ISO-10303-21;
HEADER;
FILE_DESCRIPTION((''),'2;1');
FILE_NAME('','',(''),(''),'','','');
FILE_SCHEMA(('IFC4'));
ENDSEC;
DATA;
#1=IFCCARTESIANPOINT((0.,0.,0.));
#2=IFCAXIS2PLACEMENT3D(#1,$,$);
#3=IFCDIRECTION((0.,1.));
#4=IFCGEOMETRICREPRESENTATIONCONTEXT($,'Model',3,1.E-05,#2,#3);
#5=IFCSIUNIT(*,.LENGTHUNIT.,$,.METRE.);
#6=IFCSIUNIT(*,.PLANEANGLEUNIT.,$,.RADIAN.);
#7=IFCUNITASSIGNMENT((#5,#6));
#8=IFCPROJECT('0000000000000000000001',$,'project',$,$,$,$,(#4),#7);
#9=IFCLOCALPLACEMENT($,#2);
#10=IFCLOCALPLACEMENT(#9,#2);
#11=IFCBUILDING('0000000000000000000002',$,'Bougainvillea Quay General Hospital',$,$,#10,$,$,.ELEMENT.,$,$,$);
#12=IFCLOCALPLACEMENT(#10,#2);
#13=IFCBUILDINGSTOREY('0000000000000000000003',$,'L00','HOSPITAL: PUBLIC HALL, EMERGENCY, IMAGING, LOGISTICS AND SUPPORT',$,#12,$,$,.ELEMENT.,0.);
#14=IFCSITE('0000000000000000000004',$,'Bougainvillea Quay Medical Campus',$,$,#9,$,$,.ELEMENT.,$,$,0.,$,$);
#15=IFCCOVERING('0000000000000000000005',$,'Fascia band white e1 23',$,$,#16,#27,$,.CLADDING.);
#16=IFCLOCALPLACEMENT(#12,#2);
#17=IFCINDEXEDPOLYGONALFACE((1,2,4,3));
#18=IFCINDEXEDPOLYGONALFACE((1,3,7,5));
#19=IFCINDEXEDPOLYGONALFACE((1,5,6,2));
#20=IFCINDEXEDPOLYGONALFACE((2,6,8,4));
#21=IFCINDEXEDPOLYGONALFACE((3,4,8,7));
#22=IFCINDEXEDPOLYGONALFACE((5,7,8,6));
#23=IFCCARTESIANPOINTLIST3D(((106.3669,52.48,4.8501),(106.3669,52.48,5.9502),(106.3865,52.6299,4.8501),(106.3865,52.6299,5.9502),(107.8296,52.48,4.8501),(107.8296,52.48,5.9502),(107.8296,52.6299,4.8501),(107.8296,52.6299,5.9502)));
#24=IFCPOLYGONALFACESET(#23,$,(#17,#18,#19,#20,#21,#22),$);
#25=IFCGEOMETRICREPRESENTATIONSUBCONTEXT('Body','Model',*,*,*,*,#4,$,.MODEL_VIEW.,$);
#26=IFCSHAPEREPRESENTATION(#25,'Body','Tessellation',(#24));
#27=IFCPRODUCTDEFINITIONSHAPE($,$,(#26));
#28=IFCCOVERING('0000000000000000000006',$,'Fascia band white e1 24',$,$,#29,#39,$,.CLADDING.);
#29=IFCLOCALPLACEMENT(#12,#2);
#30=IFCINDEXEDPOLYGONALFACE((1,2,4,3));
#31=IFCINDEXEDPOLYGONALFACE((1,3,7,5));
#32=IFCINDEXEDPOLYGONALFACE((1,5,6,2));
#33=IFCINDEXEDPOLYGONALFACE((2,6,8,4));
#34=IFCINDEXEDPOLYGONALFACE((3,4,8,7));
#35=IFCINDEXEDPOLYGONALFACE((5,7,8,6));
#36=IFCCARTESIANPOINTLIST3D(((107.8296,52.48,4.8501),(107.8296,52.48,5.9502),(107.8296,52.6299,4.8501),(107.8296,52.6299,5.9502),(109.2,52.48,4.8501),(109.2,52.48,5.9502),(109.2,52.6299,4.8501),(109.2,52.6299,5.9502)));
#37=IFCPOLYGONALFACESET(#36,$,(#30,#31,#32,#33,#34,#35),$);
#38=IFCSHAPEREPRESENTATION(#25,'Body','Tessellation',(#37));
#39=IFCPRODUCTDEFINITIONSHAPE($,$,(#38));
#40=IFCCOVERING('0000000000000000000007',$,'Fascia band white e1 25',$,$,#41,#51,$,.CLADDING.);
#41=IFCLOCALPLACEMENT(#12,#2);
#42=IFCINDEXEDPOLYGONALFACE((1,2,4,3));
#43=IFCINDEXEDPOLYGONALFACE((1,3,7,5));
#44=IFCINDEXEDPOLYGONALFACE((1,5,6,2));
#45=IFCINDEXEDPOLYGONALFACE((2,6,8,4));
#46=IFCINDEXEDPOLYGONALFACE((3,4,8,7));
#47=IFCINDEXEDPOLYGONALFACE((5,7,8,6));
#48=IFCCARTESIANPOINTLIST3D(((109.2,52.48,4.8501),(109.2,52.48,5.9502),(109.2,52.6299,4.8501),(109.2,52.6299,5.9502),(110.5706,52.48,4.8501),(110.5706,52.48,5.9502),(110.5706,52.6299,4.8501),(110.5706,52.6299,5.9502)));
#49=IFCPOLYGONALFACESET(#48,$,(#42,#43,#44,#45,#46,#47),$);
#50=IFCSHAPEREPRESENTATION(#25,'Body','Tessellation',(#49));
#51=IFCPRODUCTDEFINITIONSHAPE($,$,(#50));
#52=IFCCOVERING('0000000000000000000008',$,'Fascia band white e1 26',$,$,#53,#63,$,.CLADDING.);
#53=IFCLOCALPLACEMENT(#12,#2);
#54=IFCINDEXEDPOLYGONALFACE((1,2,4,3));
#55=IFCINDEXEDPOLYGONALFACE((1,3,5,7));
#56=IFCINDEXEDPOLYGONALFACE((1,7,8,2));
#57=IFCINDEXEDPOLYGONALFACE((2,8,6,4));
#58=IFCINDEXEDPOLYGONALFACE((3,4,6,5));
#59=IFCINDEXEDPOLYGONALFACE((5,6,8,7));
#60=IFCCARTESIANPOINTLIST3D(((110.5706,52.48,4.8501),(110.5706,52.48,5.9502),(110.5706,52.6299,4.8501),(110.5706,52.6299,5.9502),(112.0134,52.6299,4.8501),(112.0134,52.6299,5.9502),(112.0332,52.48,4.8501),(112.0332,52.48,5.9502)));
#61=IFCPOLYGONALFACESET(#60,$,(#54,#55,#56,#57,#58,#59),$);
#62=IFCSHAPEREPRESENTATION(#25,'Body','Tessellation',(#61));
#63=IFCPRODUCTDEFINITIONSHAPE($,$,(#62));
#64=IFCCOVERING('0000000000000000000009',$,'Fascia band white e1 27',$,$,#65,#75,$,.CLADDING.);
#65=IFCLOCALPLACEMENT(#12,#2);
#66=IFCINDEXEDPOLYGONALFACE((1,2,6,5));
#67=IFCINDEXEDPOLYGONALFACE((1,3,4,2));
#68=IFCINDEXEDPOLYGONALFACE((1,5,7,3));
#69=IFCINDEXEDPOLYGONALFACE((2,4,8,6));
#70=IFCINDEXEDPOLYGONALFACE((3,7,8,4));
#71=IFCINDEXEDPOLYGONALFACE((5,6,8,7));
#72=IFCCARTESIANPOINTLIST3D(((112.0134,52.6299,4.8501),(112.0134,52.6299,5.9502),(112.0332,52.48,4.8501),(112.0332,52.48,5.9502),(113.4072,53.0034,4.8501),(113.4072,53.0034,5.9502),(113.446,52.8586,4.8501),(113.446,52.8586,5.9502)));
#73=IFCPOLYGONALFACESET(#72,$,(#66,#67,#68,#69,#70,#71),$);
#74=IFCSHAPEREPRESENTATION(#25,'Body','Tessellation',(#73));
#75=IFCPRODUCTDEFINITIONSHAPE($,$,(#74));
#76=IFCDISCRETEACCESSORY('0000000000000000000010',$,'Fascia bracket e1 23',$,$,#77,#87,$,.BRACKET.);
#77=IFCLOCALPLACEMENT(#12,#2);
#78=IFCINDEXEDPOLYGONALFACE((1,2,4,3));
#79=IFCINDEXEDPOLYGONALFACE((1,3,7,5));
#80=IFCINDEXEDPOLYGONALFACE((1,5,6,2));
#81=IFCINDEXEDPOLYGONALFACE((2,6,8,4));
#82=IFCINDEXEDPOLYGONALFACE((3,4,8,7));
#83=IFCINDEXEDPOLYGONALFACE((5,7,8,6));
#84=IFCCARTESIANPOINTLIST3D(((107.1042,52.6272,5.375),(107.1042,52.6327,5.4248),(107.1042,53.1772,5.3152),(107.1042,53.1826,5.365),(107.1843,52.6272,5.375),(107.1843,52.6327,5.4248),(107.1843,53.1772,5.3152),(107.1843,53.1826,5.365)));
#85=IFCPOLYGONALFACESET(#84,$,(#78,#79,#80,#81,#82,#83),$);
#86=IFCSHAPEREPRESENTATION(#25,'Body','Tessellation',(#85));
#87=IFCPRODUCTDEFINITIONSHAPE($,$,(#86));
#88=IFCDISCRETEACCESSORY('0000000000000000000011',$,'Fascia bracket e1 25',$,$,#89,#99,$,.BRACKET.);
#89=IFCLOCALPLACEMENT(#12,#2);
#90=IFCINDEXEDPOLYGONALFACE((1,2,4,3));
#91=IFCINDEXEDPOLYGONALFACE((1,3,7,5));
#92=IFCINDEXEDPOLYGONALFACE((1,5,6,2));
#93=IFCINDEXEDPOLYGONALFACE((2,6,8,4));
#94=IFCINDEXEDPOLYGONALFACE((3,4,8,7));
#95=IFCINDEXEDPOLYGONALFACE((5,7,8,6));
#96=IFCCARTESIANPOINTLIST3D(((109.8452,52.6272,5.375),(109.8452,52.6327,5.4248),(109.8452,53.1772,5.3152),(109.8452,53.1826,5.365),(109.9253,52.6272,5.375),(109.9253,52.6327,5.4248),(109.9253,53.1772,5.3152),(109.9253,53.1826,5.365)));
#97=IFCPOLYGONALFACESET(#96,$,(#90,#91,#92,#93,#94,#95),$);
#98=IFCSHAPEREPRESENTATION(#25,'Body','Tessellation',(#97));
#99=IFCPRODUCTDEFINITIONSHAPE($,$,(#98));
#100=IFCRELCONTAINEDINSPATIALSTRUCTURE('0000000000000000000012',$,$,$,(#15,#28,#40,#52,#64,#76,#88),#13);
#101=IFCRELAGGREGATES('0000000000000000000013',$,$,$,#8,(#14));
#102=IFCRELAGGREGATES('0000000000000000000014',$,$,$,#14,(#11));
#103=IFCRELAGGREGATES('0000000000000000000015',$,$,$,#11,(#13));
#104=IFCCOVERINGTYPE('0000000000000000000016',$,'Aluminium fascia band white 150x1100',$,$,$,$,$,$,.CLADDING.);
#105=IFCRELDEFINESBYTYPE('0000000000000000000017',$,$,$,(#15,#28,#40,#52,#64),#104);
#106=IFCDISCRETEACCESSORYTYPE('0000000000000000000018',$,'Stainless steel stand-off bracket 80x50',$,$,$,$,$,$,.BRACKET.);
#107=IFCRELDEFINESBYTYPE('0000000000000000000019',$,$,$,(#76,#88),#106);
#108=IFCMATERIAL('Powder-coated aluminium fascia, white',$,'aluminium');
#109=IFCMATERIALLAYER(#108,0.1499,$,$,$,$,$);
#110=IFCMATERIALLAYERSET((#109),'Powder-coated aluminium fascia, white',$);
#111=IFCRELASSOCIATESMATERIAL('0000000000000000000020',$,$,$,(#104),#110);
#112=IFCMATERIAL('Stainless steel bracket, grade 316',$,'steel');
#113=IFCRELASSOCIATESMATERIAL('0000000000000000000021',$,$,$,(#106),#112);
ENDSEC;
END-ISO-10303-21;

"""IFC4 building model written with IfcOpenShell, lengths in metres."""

from ifc_helpers import new_model, si_unit, direction, frame, origin, origin_2d, place, context, subcontext, project, spatial, polyline, rectangle, outline, extrude, material, layer, layer_set, material_profile, profile_set, type_object, element, save


model = new_model("IFC4")

# Units and contexts
model_context = context("Model", 3, precision=1e-05, world=origin(), true_north=direction((0.0, 1.0)))
body_context = subcontext(model_context, "Body", "Model", "MODEL_VIEW")
ifc_project = project(units=[si_unit("LENGTHUNIT", "METRE"), si_unit("PLANEANGLEUNIT", "RADIAN")], contexts=[model_context])

# Site, building, storey
site_placement = place(None, origin())
site = spatial("IfcSite", under=ifc_project, at=site_placement, Name="Bougainvillea Quay Medical Campus", CompositionType="ELEMENT", RefElevation=0.0)
building_placement = place(site_placement, origin())
building = spatial("IfcBuilding", under=site, at=building_placement, Name="Bougainvillea Quay General Hospital", CompositionType="ELEMENT")
storey_placement = place(building_placement, origin())
storey = spatial("IfcBuildingStorey", under=building, at=storey_placement, Name="L00", Description="HOSPITAL: PUBLIC HALL, EMERGENCY, IMAGING, LOGISTICS AND SUPPORT", CompositionType="ELEMENT", Elevation=0.0)

# Coverings
ifc_material_1 = material(Name="Powder-coated aluminium fascia, white", Category="aluminium")
ifc_layer_1 = layer(ifc_material_1, 0.1499)
ifc_layer_set_1 = layer_set([ifc_layer_1], Name="Powder-coated aluminium fascia, white")
covering_type = type_object("IfcCoveringType", Name="Aluminium fascia band white 150x1100", PredefinedType="CLADDING", material=ifc_layer_set_1)
covering_1_placement = place(storey_placement, frame((106.3865, 52.6299, 4.8501), z_axis=(0.0, 0.0, 1.0), x_axis=(1.0, 0.0, 0.0)))
element("IfcCovering", 1, at=covering_1_placement, inside=storey, type_object=covering_type, Name="Fascia band white e1 23", PredefinedType="CLADDING", context=body_context, shape_type="SweptSolid", body=[
    extrude(outline(polyline([(0.0, 0.0), (1.4431, 0.0), (1.4431, -0.1499), (-0.0195, -0.1499), (0.0, 0.0)])), origin(), (0.0, 0.0, 1.0), 1.1001),
])
covering_2_placement = place(storey_placement, frame((107.8296, 52.6299, 4.8501), z_axis=(0.0, 0.0, 1.0), x_axis=(1.0, 0.0, 0.0)))
element("IfcCovering", 2, at=covering_2_placement, inside=storey, type_object=covering_type, Name="Fascia band white e1 24", PredefinedType="CLADDING", context=body_context, shape_type="SweptSolid", body=[
    extrude(outline(polyline([(0.0, 0.0), (1.3704, 0.0), (1.3704, -0.1499), (0.0, -0.1499), (0.0, 0.0)])), origin(), (0.0, 0.0, 1.0), 1.1001),
])
covering_3_placement = place(storey_placement, frame((109.2, 52.6299, 4.8501), z_axis=(0.0, 0.0, 1.0), x_axis=(1.0, 0.0, 0.0)))
element("IfcCovering", 3, at=covering_3_placement, inside=storey, type_object=covering_type, Name="Fascia band white e1 25", PredefinedType="CLADDING", context=body_context, shape_type="SweptSolid", body=[
    extrude(outline(polyline([(0.0, 0.0), (1.3706, 0.0), (1.3706, -0.1499), (0.0, -0.1499), (0.0, 0.0)])), origin(), (0.0, 0.0, 1.0), 1.1001),
])
covering_4_placement = place(storey_placement, frame((110.5706, 52.6299, 4.8501), z_axis=(0.0, 0.0, 1.0), x_axis=(1.0, 0.0, 0.0)))
element("IfcCovering", 4, at=covering_4_placement, inside=storey, type_object=covering_type, Name="Fascia band white e1 26", PredefinedType="CLADDING", context=body_context, shape_type="SweptSolid", body=[
    extrude(outline(polyline([(0.0, 0.0), (1.4429, 0.0), (1.4626, -0.1499), (0.0, -0.1499), (0.0, 0.0)])), origin(), (0.0, 0.0, 1.0), 1.1001),
])
covering_5_placement = place(storey_placement, frame((112.0134, 52.6299, 4.8501), z_axis=(0.0, 0.0, 1.0), x_axis=(0.965914, 0.258863, 0.0)))
element("IfcCovering", 5, at=covering_5_placement, inside=storey, type_object=covering_type, Name="Fascia band white e1 27", PredefinedType="CLADDING", context=body_context, shape_type="SweptSolid", body=[
    extrude(outline(polyline([(0.0, 0.0), (1.443, 0.0), (1.443, -0.1499), (-0.0197, -0.1499), (0.0, 0.0)])), origin(), (0.0, 0.0, 1.0), 1.1001),
])

# Discrete accessories
ifc_material_2 = material(Name="Stainless steel bracket, grade 316", Category="steel")
ifc_material_profile_1 = material_profile(ifc_material_2, rectangle(XDim=0.0801, YDim=0.05, at=origin_2d()))
ifc_profile_set_1 = profile_set([ifc_material_profile_1], Name="Stainless steel bracket, grade 316")
discrete_accessory_type = type_object("IfcDiscreteAccessoryType", Name="Stainless steel stand-off bracket 80x50", PredefinedType="BRACKET", material=ifc_profile_set_1)
for number, where, z_axis, x_axis, name in (
    (6, (107.1443, 53.1799, 5.3401), (0.0, -0.994139, 0.108107), (1.0, 0.0, 0.0), "Fascia bracket e1 23"),
    (7, (109.8853, 53.1799, 5.3401), (0.0, -0.994139, 0.108107), (1.0, 0.0, 0.0), "Fascia bracket e1 25"),
):
    element("IfcDiscreteAccessory", number, at=place(storey_placement, frame(where, z_axis=z_axis, x_axis=x_axis)), inside=storey, type_object=discrete_accessory_type, Name=name, PredefinedType="BRACKET", context=body_context, shape_type="SweptSolid", body=[
        extrude(rectangle(XDim=0.0801, YDim=0.05, at=origin_2d()), origin(), (0.0, 0.0, 1.0), 0.5532),
    ])

save(model, "model.ifc")
